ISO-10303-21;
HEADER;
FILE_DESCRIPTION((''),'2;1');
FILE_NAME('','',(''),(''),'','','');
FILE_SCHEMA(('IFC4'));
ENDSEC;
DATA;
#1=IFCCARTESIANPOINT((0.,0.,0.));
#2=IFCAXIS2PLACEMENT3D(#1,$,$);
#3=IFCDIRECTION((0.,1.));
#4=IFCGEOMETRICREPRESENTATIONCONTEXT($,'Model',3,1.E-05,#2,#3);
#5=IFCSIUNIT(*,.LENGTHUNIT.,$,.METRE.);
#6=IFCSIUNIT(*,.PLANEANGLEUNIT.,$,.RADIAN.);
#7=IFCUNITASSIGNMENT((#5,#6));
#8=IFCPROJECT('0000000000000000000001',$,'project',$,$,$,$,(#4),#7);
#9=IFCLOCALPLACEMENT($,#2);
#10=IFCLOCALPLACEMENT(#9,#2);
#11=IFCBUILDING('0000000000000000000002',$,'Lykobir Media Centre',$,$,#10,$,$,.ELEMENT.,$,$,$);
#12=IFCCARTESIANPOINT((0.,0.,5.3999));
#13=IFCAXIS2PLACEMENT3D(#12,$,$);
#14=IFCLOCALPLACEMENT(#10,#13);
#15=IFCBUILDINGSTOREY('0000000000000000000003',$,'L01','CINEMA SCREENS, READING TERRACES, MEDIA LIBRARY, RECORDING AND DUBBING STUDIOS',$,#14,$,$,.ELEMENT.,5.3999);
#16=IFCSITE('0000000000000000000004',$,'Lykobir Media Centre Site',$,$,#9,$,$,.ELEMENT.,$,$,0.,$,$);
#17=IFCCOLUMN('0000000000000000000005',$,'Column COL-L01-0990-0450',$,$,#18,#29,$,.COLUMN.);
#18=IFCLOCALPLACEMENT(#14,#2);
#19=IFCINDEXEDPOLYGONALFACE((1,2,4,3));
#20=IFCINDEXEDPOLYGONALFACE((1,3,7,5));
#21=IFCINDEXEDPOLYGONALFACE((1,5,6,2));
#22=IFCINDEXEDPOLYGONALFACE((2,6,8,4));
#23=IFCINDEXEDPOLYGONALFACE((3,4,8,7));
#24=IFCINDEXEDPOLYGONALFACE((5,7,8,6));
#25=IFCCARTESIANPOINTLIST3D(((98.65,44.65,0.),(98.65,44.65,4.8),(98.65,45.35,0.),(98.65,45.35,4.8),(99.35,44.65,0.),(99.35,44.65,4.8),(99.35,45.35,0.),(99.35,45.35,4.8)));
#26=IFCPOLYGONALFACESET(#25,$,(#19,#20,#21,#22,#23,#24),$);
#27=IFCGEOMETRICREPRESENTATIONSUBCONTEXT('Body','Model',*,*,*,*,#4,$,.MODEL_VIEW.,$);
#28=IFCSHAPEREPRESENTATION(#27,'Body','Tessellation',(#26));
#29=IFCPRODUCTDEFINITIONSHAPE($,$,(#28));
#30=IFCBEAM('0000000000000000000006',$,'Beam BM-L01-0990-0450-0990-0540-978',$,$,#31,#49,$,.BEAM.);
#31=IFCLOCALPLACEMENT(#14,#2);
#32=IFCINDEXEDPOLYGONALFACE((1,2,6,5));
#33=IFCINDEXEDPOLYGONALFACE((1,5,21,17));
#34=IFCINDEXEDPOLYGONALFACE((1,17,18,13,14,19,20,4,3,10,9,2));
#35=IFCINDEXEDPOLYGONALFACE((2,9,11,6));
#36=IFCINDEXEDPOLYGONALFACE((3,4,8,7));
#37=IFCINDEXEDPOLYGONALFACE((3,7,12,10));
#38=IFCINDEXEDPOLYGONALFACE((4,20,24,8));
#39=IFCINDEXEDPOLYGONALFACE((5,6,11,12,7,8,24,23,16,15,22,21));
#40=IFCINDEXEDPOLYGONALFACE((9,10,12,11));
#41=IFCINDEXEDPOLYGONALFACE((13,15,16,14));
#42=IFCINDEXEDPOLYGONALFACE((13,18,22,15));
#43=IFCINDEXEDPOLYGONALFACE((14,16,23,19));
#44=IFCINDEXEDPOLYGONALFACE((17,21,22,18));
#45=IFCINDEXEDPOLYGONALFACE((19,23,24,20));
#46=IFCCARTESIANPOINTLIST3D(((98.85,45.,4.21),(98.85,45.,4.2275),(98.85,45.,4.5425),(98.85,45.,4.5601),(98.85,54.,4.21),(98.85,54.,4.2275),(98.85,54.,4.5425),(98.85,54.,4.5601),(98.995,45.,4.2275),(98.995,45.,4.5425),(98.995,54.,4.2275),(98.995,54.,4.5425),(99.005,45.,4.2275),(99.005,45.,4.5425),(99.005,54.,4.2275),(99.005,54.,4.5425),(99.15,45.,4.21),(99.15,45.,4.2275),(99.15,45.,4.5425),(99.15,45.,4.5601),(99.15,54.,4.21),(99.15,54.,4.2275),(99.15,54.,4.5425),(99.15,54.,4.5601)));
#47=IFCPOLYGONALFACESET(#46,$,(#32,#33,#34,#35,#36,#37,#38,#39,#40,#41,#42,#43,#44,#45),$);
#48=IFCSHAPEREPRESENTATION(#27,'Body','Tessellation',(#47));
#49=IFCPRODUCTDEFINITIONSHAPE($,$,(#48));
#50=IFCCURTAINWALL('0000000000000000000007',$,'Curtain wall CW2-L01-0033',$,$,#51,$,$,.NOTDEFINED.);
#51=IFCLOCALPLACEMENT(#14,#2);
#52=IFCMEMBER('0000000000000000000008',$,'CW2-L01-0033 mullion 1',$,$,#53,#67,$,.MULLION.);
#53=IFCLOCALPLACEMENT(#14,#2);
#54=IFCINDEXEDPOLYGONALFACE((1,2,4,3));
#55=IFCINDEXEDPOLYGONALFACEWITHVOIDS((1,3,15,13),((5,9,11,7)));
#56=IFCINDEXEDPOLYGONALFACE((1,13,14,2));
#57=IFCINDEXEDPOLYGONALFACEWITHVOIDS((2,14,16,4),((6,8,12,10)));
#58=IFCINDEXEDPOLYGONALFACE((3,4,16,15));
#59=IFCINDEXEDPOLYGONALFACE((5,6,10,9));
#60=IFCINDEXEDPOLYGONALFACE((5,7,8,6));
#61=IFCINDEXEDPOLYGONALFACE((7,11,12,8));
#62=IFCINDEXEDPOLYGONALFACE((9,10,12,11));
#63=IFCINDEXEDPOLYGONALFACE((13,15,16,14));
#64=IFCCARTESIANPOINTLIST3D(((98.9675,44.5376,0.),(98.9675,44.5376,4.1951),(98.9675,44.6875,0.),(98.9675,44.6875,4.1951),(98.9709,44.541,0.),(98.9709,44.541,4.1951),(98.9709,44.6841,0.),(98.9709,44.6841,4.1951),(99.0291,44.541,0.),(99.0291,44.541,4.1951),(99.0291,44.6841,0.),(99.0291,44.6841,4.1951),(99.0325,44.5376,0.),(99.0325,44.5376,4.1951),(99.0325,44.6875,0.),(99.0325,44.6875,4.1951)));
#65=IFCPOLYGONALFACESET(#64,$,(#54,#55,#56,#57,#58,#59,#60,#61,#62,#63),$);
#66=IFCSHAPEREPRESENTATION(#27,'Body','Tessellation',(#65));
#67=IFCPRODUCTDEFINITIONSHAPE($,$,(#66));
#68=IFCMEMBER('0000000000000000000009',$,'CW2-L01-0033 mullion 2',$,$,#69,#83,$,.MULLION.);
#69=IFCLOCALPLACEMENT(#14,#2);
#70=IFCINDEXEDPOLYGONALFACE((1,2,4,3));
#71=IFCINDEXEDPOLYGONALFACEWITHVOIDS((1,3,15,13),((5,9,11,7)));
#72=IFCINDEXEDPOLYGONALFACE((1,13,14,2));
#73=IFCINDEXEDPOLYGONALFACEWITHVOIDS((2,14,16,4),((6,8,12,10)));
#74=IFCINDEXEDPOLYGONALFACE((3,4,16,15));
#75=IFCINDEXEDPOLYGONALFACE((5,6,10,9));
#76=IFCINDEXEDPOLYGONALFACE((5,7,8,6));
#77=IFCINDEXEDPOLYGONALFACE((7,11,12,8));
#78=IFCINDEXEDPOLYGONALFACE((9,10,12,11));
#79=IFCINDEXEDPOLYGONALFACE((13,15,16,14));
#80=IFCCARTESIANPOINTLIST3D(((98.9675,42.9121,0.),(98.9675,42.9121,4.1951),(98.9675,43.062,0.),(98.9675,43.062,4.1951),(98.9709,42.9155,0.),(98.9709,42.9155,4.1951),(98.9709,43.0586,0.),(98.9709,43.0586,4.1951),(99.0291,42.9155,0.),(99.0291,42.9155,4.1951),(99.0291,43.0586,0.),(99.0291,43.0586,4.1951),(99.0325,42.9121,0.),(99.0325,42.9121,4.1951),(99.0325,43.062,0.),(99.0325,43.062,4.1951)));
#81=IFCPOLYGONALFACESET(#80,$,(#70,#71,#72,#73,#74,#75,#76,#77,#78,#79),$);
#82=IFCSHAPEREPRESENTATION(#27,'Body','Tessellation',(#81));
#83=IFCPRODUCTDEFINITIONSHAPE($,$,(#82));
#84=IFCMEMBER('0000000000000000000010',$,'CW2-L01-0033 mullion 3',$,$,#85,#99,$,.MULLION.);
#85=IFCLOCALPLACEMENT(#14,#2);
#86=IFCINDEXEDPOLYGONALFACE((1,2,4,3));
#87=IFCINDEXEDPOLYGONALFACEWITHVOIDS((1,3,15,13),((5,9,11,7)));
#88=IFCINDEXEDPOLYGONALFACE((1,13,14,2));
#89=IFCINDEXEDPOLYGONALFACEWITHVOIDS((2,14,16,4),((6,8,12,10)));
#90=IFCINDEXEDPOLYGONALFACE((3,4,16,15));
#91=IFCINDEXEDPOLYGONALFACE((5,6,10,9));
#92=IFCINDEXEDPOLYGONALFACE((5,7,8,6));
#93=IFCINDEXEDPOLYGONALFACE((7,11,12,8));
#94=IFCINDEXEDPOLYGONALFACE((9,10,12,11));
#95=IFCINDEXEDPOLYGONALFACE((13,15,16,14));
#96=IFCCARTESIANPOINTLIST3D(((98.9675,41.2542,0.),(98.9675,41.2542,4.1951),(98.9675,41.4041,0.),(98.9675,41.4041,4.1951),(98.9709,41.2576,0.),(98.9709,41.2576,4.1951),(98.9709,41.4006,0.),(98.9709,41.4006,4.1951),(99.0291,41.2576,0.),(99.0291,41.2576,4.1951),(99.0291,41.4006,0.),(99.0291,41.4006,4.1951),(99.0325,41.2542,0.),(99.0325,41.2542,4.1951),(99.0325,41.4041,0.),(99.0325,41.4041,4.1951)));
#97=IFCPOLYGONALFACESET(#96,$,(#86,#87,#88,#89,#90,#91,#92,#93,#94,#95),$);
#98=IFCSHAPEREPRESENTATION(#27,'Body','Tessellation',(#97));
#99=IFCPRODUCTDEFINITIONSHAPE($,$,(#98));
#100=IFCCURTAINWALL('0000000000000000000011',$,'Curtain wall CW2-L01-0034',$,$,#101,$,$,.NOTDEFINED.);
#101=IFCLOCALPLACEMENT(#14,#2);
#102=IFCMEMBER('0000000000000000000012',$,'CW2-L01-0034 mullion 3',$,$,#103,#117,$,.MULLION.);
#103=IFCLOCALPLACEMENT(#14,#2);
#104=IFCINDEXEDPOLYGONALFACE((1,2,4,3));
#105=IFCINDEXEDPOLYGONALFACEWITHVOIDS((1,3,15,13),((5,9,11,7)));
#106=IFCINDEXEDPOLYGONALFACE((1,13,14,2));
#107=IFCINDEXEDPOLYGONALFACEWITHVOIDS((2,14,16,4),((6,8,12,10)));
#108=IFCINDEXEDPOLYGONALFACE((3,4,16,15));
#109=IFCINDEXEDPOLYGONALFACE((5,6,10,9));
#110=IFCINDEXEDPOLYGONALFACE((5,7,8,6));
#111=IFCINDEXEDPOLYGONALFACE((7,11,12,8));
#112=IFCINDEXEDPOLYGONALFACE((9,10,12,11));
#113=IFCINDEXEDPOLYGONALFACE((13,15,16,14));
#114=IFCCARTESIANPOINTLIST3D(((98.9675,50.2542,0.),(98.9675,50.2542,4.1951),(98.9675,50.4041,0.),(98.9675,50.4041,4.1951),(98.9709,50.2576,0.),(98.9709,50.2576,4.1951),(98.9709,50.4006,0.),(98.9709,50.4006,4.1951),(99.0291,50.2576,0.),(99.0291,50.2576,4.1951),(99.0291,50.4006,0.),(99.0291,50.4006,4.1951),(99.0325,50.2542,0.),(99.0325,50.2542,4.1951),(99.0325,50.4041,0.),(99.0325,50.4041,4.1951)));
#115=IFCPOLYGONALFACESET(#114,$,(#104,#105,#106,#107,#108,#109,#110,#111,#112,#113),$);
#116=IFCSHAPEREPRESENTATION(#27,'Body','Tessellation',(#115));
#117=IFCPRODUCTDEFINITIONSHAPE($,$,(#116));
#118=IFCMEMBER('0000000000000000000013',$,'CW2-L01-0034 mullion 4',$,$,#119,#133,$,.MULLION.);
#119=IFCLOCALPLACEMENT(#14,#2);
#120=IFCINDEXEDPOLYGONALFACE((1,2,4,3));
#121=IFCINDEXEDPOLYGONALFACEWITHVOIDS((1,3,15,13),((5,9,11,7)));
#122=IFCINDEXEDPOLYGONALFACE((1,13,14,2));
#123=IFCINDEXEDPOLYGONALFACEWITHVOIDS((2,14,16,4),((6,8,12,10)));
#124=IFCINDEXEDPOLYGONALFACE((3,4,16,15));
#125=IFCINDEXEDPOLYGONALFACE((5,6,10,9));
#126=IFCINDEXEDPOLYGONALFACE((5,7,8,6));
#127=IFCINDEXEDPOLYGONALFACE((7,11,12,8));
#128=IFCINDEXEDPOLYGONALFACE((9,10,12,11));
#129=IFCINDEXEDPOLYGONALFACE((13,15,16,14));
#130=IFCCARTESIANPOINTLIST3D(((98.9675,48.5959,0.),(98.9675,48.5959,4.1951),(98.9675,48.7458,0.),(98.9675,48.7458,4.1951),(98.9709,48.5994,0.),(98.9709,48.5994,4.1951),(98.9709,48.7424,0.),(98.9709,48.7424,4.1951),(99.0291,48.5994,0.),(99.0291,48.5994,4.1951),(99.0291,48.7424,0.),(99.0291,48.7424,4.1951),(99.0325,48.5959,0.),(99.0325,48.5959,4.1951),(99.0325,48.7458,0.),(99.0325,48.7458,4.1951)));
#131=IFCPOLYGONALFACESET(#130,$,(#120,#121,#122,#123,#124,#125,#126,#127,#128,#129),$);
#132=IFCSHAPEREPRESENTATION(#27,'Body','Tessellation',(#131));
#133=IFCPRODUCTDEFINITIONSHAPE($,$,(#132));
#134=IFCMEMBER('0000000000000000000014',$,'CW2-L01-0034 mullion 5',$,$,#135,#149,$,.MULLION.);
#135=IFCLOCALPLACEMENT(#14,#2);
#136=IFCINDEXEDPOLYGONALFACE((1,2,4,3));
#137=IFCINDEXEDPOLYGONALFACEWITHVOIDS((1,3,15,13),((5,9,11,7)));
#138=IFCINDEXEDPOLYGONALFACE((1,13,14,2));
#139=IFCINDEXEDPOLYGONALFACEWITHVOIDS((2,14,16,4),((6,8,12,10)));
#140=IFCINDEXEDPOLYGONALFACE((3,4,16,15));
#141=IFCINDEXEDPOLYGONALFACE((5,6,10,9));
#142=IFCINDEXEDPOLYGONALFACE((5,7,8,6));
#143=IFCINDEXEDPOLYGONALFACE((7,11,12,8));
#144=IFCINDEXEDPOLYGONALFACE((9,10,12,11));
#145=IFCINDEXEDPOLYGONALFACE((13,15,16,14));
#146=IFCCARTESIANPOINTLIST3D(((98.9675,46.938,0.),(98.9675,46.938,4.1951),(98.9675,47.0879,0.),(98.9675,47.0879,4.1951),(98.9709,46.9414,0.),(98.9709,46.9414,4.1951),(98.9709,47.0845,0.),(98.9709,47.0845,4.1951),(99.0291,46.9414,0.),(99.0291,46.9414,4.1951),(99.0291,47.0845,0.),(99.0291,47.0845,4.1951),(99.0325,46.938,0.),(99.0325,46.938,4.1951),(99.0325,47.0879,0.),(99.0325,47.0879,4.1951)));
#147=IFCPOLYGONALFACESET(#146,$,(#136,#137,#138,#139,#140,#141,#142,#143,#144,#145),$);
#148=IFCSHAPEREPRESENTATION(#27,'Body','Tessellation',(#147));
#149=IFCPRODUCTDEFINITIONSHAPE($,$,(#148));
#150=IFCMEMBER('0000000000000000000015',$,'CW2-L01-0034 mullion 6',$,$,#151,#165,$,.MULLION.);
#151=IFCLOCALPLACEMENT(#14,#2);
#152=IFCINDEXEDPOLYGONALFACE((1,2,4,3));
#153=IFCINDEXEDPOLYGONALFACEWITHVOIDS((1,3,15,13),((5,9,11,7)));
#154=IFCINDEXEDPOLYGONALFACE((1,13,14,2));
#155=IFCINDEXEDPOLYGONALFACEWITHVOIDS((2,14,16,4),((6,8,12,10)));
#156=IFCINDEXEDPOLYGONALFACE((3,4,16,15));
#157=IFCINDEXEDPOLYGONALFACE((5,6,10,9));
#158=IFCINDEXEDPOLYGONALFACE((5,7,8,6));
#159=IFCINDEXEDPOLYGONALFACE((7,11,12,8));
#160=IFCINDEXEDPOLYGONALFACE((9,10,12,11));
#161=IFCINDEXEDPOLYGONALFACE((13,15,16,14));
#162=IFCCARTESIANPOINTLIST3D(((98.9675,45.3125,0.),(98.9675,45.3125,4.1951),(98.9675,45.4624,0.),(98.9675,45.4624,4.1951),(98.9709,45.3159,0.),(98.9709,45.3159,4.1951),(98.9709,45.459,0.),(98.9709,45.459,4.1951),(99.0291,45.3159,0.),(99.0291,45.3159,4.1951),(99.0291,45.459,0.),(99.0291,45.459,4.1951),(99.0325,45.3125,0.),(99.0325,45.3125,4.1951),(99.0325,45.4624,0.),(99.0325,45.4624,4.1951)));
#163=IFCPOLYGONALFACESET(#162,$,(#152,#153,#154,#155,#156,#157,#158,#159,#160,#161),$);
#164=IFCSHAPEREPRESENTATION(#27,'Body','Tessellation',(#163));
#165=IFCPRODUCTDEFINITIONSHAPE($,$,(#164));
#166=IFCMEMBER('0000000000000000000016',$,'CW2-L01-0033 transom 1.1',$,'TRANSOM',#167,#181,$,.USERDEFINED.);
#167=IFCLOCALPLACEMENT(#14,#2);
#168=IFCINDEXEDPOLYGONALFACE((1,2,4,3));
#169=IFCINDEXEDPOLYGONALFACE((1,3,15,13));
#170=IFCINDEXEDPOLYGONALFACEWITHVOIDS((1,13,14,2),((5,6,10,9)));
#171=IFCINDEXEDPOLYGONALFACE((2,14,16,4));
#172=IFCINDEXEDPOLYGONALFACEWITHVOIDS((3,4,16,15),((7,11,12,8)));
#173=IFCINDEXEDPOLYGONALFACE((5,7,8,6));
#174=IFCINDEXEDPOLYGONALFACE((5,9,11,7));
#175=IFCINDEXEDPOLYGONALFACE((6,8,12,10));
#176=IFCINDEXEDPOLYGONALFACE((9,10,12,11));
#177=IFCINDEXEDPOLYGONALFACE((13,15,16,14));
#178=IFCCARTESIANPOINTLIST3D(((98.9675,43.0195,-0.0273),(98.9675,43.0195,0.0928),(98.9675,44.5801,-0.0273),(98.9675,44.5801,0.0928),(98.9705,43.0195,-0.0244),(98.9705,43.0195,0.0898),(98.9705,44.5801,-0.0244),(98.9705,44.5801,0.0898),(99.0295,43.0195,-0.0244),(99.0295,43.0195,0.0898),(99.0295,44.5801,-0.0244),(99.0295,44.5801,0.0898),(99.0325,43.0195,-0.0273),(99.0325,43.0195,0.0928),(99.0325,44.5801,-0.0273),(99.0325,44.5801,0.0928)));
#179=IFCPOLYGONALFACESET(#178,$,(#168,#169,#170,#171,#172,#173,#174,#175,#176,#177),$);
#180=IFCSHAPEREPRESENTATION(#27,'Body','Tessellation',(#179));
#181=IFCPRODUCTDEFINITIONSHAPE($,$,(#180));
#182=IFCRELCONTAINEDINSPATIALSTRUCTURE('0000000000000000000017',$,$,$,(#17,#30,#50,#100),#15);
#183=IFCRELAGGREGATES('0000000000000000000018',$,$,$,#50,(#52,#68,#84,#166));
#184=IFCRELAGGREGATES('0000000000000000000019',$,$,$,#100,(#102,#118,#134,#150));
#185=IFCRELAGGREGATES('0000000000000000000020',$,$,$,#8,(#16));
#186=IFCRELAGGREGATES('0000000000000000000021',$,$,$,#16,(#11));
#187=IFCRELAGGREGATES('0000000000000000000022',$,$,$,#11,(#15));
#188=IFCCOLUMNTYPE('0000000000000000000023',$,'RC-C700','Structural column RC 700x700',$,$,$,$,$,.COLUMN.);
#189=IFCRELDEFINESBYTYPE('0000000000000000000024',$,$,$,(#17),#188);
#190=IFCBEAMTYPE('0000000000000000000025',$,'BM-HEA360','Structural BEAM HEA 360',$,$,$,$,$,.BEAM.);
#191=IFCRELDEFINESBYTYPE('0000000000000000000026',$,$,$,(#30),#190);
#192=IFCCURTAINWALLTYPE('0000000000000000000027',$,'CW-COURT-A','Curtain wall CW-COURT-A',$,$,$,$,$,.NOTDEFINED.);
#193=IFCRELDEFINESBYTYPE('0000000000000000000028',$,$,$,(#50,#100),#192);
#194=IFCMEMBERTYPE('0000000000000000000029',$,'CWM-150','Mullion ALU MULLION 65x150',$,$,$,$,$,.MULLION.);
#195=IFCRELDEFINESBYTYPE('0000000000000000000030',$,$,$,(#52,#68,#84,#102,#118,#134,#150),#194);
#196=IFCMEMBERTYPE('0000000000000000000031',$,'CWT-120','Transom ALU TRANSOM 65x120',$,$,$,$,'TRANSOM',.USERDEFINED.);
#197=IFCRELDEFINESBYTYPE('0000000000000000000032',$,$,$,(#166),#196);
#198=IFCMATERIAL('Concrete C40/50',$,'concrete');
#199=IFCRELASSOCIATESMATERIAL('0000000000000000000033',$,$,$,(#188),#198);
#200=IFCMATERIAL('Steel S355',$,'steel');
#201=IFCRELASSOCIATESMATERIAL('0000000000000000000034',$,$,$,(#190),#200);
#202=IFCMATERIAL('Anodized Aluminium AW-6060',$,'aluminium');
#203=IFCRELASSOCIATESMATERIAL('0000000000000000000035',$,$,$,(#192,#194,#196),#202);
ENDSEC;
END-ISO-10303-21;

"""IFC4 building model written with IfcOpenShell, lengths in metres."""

from ifc_helpers import new_model, si_unit, direction, frame, origin, origin_2d, place, context, subcontext, project, spatial, rectangle, hollow_rectangle, i_section, extrude, material, material_profile, profile_set, type_object, element, aggregate, save


model = new_model("IFC4")

# Units and contexts
model_context = context("Model", 3, precision=1e-05, world=origin(), true_north=direction((0.0, 1.0)))
body_context = subcontext(model_context, "Body", "Model", "MODEL_VIEW")
ifc_project = project(units=[si_unit("LENGTHUNIT", "METRE"), si_unit("PLANEANGLEUNIT", "RADIAN")], contexts=[model_context])

# Site, building, storey
site_placement = place(None, origin())
site = spatial("IfcSite", under=ifc_project, at=site_placement, Name="Lykobir Media Centre Site", CompositionType="ELEMENT", RefElevation=0.0)
building_placement = place(site_placement, origin())
building = spatial("IfcBuilding", under=site, at=building_placement, Name="Lykobir Media Centre", CompositionType="ELEMENT")
storey_placement = place(building_placement, frame((0.0, 0.0, 5.3999)))
storey = spatial("IfcBuildingStorey", under=building, at=storey_placement, Name="L01", Description="CINEMA SCREENS, READING TERRACES, MEDIA LIBRARY, RECORDING AND DUBBING STUDIOS", CompositionType="ELEMENT", Elevation=5.3999)

# Column
ifc_material_1 = material(Name="Concrete C40/50", Category="concrete")
ifc_material_profile_1 = material_profile(ifc_material_1, rectangle(XDim=0.7, YDim=0.7, at=origin_2d()), Name="RC 700x700")
ifc_profile_set_1 = profile_set([ifc_material_profile_1], Name="Concrete C40/50")
column_type = type_object("IfcColumnType", Name="RC-C700", Description="Structural column RC 700x700", PredefinedType="COLUMN", material=ifc_profile_set_1)
column_placement = place(storey_placement, frame((99.0, 45.0, 0.0), z_axis=(0.0, 0.0, 1.0), x_axis=(1.0, 0.0, 0.0)))
element("IfcColumn", 1, at=column_placement, inside=storey, type_object=column_type, Name="Column COL-L01-0990-0450", PredefinedType="COLUMN", context=body_context, shape_type="SweptSolid", body=[
    extrude(rectangle(XDim=0.7, YDim=0.7, at=origin_2d()), origin(), (0.0, 0.0, 1.0), 4.8),
])

# Beam
ifc_material_2 = material(Name="Steel S355", Category="steel")
ifc_material_profile_2 = material_profile(ifc_material_2, i_section(OverallWidth=0.3, OverallDepth=0.3501, WebThickness=0.01, FlangeThickness=0.0176, at=origin_2d()), Name="HEA 360")
ifc_profile_set_2 = profile_set([ifc_material_profile_2], Name="Steel S355")
beam_type = type_object("IfcBeamType", Name="BM-HEA360", Description="Structural BEAM HEA 360", PredefinedType="BEAM", material=ifc_profile_set_2)
beam_placement = place(storey_placement, frame((99.0, 45.0, 4.385), z_axis=(0.0, 1.0, 0.0), x_axis=(-1.0, 0.0, 0.0)))
element("IfcBeam", 2, at=beam_placement, inside=storey, type_object=beam_type, Name="Beam BM-L01-0990-0450-0990-0540-978", PredefinedType="BEAM", context=body_context, shape_type="SweptSolid", body=[
    extrude(i_section(OverallWidth=0.3, OverallDepth=0.3501, WebThickness=0.01, FlangeThickness=0.0176, at=origin_2d()), origin(), (0.0, 0.0, 1.0), 9.0),
])

# Curtain walls, members
ifc_material_3 = material(Name="Anodized Aluminium AW-6060", Category="aluminium")
curtain_wall_type = type_object("IfcCurtainWallType", Name="CW-COURT-A", Description="Curtain wall CW-COURT-A", PredefinedType="NOTDEFINED", material=ifc_material_3)
curtain_wall_1_placement = place(storey_placement, origin())
curtain_wall_1 = element("IfcCurtainWall", 3, at=curtain_wall_1_placement, inside=storey, type_object=curtain_wall_type, Name="Curtain wall CW2-L01-0033", PredefinedType="NOTDEFINED")
ifc_material_profile_3 = material_profile(ifc_material_3, hollow_rectangle(XDim=0.0649, YDim=0.1499, WallThickness=0.0034, at=origin_2d()), Name="ALU MULLION 65x150")
ifc_profile_set_3 = profile_set([ifc_material_profile_3], Name="Anodized Aluminium AW-6060")
member_type_1 = type_object("IfcMemberType", Name="CWM-150", Description="Mullion ALU MULLION 65x150", PredefinedType="MULLION", material=ifc_profile_set_3)
member_1_placement = place(storey_placement, frame((99.0, 44.6125, 0.0), z_axis=(0.0, 0.0, 1.0), x_axis=(1.0, 0.0, 0.0)))
member_1 = element("IfcMember", 4, at=member_1_placement, type_object=member_type_1, Name="CW2-L01-0033 mullion 1", PredefinedType="MULLION", context=body_context, shape_type="SweptSolid", body=[
    extrude(hollow_rectangle(XDim=0.0649, YDim=0.1499, WallThickness=0.0034, at=origin_2d()), origin(), (0.0, 0.0, 1.0), 4.1951),
])
member_2_placement = place(storey_placement, frame((99.0, 42.9871, 0.0), z_axis=(0.0, 0.0, 1.0), x_axis=(1.0, 0.0, 0.0)))
member_2 = element("IfcMember", 5, at=member_2_placement, type_object=member_type_1, Name="CW2-L01-0033 mullion 2", PredefinedType="MULLION", context=body_context, shape_type="SweptSolid", body=[
    extrude(hollow_rectangle(XDim=0.0649, YDim=0.1499, WallThickness=0.0034, at=origin_2d()), origin(), (0.0, 0.0, 1.0), 4.1951),
])
member_3_placement = place(storey_placement, frame((99.0, 41.3291, 0.0), z_axis=(0.0, 0.0, 1.0), x_axis=(1.0, 0.0, 0.0)))
member_3 = element("IfcMember", 6, at=member_3_placement, type_object=member_type_1, Name="CW2-L01-0033 mullion 3", PredefinedType="MULLION", context=body_context, shape_type="SweptSolid", body=[
    extrude(hollow_rectangle(XDim=0.0649, YDim=0.1499, WallThickness=0.0034, at=origin_2d()), origin(), (0.0, 0.0, 1.0), 4.1951),
])
curtain_wall_2_placement = place(storey_placement, origin())
curtain_wall_2 = element("IfcCurtainWall", 7, at=curtain_wall_2_placement, inside=storey, type_object=curtain_wall_type, Name="Curtain wall CW2-L01-0034", PredefinedType="NOTDEFINED")
member_4_placement = place(storey_placement, frame((99.0, 50.3291, 0.0), z_axis=(0.0, 0.0, 1.0), x_axis=(1.0, 0.0, 0.0)))
member_4 = element("IfcMember", 8, at=member_4_placement, type_object=member_type_1, Name="CW2-L01-0034 mullion 3", PredefinedType="MULLION", context=body_context, shape_type="SweptSolid", body=[
    extrude(hollow_rectangle(XDim=0.0649, YDim=0.1499, WallThickness=0.0034, at=origin_2d()), origin(), (0.0, 0.0, 1.0), 4.1951),
])
member_5_placement = place(storey_placement, frame((99.0, 48.6709, 0.0), z_axis=(0.0, 0.0, 1.0), x_axis=(1.0, 0.0, 0.0)))
member_5 = element("IfcMember", 9, at=member_5_placement, type_object=member_type_1, Name="CW2-L01-0034 mullion 4", PredefinedType="MULLION", context=body_context, shape_type="SweptSolid", body=[
    extrude(hollow_rectangle(XDim=0.0649, YDim=0.1499, WallThickness=0.0034, at=origin_2d()), origin(), (0.0, 0.0, 1.0), 4.1951),
])
member_6_placement = place(storey_placement, frame((99.0, 47.0129, 0.0), z_axis=(0.0, 0.0, 1.0), x_axis=(1.0, 0.0, 0.0)))
member_6 = element("IfcMember", 10, at=member_6_placement, type_object=member_type_1, Name="CW2-L01-0034 mullion 5", PredefinedType="MULLION", context=body_context, shape_type="SweptSolid", body=[
    extrude(hollow_rectangle(XDim=0.0649, YDim=0.1499, WallThickness=0.0034, at=origin_2d()), origin(), (0.0, 0.0, 1.0), 4.1951),
])
member_7_placement = place(storey_placement, frame((99.0, 45.3875, 0.0), z_axis=(0.0, 0.0, 1.0), x_axis=(1.0, 0.0, 0.0)))
member_7 = element("IfcMember", 11, at=member_7_placement, type_object=member_type_1, Name="CW2-L01-0034 mullion 6", PredefinedType="MULLION", context=body_context, shape_type="SweptSolid", body=[
    extrude(hollow_rectangle(XDim=0.0649, YDim=0.1499, WallThickness=0.0034, at=origin_2d()), origin(), (0.0, 0.0, 1.0), 4.1951),
])

# Member
ifc_material_profile_4 = material_profile(ifc_material_3, hollow_rectangle(XDim=0.0649, YDim=0.1201, WallThickness=0.0029, at=origin_2d()), Name="ALU TRANSOM 65x120")
ifc_profile_set_4 = profile_set([ifc_material_profile_4], Name="Anodized Aluminium AW-6060")
member_type_2 = type_object("IfcMemberType", Name="CWT-120", Description="Transom ALU TRANSOM 65x120", ElementType="TRANSOM", PredefinedType="USERDEFINED", material=ifc_profile_set_4)
member_8_placement = place(storey_placement, frame((99.0, 44.5801, 0.0327), z_axis=(0.0, -1.0, 0.0), x_axis=(1.0, 0.0, 0.0)))
member_8 = element("IfcMember", 12, at=member_8_placement, type_object=member_type_2, Name="CW2-L01-0033 transom 1.1", ObjectType="TRANSOM", PredefinedType="USERDEFINED", context=body_context, shape_type="SweptSolid", body=[
    extrude(hollow_rectangle(XDim=0.0649, YDim=0.1201, WallThickness=0.0029, at=origin_2d()), origin(), (0.0, 0.0, 1.0), 1.5605),
])

aggregate(curtain_wall_1, [member_1, member_2, member_3, member_8])
aggregate(curtain_wall_2, [member_4, member_5, member_6, member_7])

save(model, "model.ifc")
